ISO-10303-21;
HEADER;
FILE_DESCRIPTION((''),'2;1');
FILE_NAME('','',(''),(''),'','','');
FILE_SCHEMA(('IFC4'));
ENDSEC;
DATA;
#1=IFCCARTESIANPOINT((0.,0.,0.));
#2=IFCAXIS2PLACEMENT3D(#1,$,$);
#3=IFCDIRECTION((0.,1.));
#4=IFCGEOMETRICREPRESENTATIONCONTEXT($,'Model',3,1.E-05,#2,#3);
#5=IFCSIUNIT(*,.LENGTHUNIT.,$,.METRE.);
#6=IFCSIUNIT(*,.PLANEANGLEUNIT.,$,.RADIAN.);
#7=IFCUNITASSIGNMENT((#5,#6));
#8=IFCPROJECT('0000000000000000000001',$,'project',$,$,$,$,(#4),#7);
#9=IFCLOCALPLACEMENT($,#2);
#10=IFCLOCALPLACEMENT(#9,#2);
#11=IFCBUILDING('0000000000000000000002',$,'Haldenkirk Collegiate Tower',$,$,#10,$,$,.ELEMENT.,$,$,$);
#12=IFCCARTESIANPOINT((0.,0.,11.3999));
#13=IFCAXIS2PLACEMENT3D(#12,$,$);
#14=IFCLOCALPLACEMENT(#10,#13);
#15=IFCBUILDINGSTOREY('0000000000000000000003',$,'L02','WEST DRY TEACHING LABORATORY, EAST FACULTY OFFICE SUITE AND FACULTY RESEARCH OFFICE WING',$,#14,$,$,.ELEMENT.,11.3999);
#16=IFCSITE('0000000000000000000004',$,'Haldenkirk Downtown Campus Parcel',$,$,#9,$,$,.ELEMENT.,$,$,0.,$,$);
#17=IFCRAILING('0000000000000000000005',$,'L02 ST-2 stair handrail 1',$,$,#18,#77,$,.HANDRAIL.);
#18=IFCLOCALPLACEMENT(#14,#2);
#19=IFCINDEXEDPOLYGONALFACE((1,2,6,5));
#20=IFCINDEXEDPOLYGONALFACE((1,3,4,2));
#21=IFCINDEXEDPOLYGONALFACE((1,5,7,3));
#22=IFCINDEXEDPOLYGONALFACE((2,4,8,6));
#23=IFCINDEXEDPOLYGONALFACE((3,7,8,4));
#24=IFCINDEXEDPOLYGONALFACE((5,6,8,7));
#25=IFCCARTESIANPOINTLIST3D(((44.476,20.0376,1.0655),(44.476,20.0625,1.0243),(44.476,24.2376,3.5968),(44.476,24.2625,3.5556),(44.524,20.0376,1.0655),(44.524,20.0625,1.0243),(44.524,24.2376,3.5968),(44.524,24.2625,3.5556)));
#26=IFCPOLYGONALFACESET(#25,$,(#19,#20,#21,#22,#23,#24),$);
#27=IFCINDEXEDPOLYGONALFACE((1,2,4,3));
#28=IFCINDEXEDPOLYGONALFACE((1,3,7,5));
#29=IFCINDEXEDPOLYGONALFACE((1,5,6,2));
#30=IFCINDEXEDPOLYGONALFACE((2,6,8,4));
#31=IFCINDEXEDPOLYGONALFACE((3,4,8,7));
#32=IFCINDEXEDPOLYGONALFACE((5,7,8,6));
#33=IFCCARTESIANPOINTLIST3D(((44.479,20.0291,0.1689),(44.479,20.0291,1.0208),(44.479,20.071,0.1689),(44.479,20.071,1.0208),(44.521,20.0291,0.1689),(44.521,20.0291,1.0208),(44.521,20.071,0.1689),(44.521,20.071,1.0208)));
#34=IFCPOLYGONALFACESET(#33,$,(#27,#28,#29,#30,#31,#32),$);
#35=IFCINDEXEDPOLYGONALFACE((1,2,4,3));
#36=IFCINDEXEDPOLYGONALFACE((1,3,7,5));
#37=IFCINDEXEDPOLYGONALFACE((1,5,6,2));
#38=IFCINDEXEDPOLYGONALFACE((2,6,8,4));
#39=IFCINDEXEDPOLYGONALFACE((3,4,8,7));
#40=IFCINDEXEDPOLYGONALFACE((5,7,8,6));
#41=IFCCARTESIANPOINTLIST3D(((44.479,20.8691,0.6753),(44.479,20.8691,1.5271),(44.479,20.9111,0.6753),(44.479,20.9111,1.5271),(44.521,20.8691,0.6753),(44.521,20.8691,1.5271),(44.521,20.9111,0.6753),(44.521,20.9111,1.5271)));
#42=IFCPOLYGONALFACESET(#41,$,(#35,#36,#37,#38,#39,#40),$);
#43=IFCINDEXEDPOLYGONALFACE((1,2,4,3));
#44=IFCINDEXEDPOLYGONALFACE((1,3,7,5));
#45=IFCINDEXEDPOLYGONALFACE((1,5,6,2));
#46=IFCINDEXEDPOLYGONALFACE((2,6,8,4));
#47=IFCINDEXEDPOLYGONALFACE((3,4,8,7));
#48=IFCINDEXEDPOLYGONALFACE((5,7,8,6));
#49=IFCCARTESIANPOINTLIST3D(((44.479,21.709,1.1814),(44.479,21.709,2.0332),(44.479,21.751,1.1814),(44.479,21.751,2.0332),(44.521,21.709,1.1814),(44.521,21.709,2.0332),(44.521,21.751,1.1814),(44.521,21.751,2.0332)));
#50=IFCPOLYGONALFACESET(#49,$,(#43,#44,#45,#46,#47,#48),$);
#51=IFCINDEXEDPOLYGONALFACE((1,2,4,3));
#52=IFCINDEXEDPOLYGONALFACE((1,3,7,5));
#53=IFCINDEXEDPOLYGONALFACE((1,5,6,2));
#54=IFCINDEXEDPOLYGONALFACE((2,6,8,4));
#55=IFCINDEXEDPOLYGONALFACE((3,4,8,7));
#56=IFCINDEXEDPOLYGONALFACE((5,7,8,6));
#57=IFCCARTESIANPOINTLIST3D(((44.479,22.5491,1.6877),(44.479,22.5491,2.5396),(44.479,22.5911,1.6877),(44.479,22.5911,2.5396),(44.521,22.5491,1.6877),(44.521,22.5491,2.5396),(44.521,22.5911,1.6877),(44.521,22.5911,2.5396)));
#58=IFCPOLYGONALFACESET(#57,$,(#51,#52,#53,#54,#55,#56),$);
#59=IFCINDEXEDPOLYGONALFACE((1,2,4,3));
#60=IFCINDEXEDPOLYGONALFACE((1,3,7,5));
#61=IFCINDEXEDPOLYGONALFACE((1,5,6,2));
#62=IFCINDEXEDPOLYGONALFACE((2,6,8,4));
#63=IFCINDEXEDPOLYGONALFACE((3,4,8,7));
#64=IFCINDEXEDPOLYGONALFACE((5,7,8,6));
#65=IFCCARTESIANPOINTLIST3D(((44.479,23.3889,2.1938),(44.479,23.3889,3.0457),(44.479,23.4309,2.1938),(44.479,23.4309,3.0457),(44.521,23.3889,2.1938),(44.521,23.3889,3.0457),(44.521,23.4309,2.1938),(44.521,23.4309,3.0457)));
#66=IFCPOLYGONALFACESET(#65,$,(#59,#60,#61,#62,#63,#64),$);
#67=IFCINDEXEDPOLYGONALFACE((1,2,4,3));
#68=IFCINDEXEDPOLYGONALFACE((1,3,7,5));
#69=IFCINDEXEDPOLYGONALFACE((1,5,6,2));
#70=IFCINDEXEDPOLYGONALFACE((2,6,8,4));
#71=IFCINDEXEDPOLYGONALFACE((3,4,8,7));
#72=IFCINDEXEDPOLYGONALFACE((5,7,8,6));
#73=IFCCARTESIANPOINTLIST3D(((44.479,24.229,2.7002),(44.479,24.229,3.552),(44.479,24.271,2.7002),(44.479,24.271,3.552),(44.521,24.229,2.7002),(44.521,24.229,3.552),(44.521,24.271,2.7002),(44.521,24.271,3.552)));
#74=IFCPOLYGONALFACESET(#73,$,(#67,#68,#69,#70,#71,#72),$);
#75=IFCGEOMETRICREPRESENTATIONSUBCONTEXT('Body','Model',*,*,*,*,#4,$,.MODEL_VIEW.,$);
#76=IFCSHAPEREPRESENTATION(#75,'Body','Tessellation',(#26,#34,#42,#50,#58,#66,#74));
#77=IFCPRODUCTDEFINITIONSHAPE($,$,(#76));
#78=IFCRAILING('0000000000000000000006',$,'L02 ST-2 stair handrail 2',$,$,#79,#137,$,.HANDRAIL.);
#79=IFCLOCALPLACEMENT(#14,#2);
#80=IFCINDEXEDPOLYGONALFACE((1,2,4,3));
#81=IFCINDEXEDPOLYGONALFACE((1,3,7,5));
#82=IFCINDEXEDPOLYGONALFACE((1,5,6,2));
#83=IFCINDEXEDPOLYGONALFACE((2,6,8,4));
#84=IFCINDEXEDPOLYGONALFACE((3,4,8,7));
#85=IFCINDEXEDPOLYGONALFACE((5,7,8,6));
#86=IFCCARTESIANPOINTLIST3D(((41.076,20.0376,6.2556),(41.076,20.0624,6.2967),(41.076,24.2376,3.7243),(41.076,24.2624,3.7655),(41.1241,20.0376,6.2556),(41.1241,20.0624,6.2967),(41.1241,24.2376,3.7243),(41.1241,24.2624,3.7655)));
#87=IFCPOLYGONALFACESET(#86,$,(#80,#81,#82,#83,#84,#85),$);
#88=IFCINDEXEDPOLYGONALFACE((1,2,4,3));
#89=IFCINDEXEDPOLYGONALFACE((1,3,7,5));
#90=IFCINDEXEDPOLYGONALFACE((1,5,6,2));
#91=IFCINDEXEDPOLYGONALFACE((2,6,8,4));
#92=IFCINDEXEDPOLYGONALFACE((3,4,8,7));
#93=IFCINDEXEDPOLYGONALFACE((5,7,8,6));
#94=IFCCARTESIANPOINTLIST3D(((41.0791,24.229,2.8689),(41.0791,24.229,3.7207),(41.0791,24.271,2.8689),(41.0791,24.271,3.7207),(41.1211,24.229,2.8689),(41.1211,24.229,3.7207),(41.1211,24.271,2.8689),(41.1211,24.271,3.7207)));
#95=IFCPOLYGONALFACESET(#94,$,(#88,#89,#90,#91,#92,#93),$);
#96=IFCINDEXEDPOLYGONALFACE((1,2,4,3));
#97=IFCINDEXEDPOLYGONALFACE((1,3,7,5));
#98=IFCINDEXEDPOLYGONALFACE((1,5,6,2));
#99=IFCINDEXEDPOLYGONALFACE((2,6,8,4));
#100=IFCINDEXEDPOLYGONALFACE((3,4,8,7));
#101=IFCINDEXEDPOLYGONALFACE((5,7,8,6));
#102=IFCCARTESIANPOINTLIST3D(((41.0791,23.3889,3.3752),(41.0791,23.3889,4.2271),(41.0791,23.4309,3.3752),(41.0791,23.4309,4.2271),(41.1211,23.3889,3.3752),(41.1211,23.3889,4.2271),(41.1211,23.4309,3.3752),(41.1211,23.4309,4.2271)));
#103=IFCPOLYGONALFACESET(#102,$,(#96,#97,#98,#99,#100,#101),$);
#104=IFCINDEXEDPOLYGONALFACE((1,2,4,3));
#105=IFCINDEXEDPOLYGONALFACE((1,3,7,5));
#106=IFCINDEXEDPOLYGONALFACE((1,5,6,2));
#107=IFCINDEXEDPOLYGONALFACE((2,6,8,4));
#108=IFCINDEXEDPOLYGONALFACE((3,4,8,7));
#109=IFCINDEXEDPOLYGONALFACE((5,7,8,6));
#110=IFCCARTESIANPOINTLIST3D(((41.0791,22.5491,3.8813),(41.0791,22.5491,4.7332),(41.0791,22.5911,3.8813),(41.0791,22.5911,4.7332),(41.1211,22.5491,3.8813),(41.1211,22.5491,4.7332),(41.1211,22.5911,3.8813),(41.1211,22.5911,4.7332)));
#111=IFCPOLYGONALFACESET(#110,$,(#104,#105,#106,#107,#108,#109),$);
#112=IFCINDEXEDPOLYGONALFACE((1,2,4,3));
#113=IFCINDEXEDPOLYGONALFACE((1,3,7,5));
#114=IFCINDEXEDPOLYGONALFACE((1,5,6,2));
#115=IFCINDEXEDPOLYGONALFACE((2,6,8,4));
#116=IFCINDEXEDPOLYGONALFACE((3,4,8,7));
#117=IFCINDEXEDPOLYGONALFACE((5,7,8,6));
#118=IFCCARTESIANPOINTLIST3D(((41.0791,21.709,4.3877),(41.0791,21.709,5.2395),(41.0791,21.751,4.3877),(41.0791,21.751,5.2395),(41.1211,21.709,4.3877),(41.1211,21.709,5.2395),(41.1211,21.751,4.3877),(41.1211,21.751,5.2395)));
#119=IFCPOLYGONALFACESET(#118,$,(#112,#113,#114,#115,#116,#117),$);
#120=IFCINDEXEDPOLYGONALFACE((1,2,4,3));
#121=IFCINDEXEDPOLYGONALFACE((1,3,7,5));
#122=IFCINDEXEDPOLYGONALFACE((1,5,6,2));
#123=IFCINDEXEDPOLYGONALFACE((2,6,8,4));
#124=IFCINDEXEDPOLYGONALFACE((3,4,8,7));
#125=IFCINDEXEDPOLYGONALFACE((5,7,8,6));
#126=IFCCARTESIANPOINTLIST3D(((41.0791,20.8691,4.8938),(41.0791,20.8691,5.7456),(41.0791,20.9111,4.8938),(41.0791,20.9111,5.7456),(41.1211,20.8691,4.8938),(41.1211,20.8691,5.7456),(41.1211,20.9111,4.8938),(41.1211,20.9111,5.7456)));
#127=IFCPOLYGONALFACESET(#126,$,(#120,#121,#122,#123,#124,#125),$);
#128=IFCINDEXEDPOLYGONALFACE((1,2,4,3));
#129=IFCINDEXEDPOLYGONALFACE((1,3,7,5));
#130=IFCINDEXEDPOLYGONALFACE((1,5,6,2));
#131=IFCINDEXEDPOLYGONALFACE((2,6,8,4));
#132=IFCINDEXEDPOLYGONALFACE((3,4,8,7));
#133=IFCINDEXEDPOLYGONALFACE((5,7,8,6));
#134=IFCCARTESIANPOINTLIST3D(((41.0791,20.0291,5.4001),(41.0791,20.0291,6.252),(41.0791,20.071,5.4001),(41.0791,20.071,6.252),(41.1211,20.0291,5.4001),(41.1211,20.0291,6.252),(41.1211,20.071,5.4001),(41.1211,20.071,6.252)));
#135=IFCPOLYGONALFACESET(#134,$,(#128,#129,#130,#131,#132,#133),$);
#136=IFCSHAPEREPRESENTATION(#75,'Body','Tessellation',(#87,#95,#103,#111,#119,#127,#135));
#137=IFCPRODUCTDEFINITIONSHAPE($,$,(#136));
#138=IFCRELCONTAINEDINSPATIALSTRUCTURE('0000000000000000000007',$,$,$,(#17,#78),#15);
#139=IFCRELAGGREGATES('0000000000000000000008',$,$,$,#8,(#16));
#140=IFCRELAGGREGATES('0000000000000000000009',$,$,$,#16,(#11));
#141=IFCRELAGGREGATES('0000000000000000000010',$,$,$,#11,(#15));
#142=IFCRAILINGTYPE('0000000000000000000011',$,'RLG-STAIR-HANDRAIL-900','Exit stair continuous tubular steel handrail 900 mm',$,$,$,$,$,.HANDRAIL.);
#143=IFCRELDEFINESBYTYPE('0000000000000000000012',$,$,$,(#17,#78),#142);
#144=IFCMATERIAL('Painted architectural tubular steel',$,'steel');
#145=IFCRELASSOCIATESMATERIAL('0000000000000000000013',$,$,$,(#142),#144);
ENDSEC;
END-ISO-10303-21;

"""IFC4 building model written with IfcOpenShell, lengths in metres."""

from ifc_helpers import new_model, si_unit, direction, frame, origin, origin_2d, place, context, subcontext, project, spatial, rectangle, extrude, material, type_object, element, save


model = new_model("IFC4")

# Units and contexts
model_context = context("Model", 3, precision=1e-05, world=origin(), true_north=direction((0.0, 1.0)))
body_context = subcontext(model_context, "Body", "Model", "MODEL_VIEW")
ifc_project = project(units=[si_unit("LENGTHUNIT", "METRE"), si_unit("PLANEANGLEUNIT", "RADIAN")], contexts=[model_context])

# Site, building, storey
site_placement = place(None, origin())
site = spatial("IfcSite", under=ifc_project, at=site_placement, Name="Haldenkirk Downtown Campus Parcel", CompositionType="ELEMENT", RefElevation=0.0)
building_placement = place(site_placement, origin())
building = spatial("IfcBuilding", under=site, at=building_placement, Name="Haldenkirk Collegiate Tower", CompositionType="ELEMENT")
storey_placement = place(building_placement, frame((0.0, 0.0, 11.3999)))
storey = spatial("IfcBuildingStorey", under=building, at=storey_placement, Name="L02", Description="WEST DRY TEACHING LABORATORY, EAST FACULTY OFFICE SUITE AND FACULTY RESEARCH OFFICE WING", CompositionType="ELEMENT", Elevation=11.3999)

# Railings
ifc_material_1 = material(Name="Painted architectural tubular steel", Category="steel")
railing_type_1 = type_object("IfcRailingType", Name="RLG-STAIR-HANDRAIL-900", Description="Exit stair continuous tubular steel handrail 900 mm", PredefinedType="HANDRAIL", material=ifc_material_1)
railing_1_placement = place(storey_placement, frame((44.5, 20.05, 0.1689)))
element("IfcRailing", 1, at=railing_1_placement, inside=storey, type_object=railing_type_1, Name="L02 ST-2 stair handrail 1", PredefinedType="HANDRAIL", context=body_context, shape_type="SweptSolid", body=[
    extrude(rectangle(XDim=0.0481, YDim=0.0481, at=origin_2d()), frame((0.0, 0.0, 0.876), z_axis=(0.0, 0.856476, 0.516186), x_axis=(-1.0, 0.0, 0.0)), (0.0, 0.0, 1.0), 4.9038),
    extrude(rectangle(XDim=0.042, YDim=0.042, at=origin_2d()), origin(), (0.0, 0.0, 1.0), 0.8518),
    extrude(rectangle(XDim=0.042, YDim=0.042, at=origin_2d()), frame((0.0, 0.8401, 0.5063)), (0.0, 0.0, 1.0), 0.8518),
    extrude(rectangle(XDim=0.042, YDim=0.042, at=origin_2d()), frame((0.0, 1.6799, 1.0125)), (0.0, 0.0, 1.0), 0.8518),
    extrude(rectangle(XDim=0.042, YDim=0.042, at=origin_2d()), frame((0.0, 2.52, 1.5188)), (0.0, 0.0, 1.0), 0.8518),
    extrude(rectangle(XDim=0.042, YDim=0.042, at=origin_2d()), frame((0.0, 3.3599, 2.0249)), (0.0, 0.0, 1.0), 0.8518),
    extrude(rectangle(XDim=0.042, YDim=0.042, at=origin_2d()), frame((0.0, 4.2, 2.5312)), (0.0, 0.0, 1.0), 0.8518),
])
railing_2_placement = place(storey_placement, frame((41.1001, 24.25, 2.8689)))
element("IfcRailing", 2, at=railing_2_placement, inside=storey, type_object=railing_type_1, Name="L02 ST-2 stair handrail 2", PredefinedType="HANDRAIL", context=body_context, shape_type="SweptSolid", body=[
    extrude(rectangle(XDim=0.0481, YDim=0.0481, at=origin_2d()), frame((0.0, 0.0, 0.876), z_axis=(0.0, -0.856476, 0.516186), x_axis=(1.0, 0.0, 0.0)), (0.0, 0.0, 1.0), 4.9038),
    extrude(rectangle(XDim=0.042, YDim=0.042, at=origin_2d()), origin(), (0.0, 0.0, 1.0), 0.8518),
    extrude(rectangle(XDim=0.042, YDim=0.042, at=origin_2d()), frame((0.0, -0.8401, 0.5063)), (0.0, 0.0, 1.0), 0.8518),
    extrude(rectangle(XDim=0.042, YDim=0.042, at=origin_2d()), frame((0.0, -1.6799, 1.0125)), (0.0, 0.0, 1.0), 0.8518),
    extrude(rectangle(XDim=0.042, YDim=0.042, at=origin_2d()), frame((0.0, -2.52, 1.5188)), (0.0, 0.0, 1.0), 0.8518),
    extrude(rectangle(XDim=0.042, YDim=0.042, at=origin_2d()), frame((0.0, -3.3599, 2.0249)), (0.0, 0.0, 1.0), 0.8518),
    extrude(rectangle(XDim=0.042, YDim=0.042, at=origin_2d()), frame((0.0, -4.2, 2.5312)), (0.0, 0.0, 1.0), 0.8518),
])

save(model, "model.ifc")
